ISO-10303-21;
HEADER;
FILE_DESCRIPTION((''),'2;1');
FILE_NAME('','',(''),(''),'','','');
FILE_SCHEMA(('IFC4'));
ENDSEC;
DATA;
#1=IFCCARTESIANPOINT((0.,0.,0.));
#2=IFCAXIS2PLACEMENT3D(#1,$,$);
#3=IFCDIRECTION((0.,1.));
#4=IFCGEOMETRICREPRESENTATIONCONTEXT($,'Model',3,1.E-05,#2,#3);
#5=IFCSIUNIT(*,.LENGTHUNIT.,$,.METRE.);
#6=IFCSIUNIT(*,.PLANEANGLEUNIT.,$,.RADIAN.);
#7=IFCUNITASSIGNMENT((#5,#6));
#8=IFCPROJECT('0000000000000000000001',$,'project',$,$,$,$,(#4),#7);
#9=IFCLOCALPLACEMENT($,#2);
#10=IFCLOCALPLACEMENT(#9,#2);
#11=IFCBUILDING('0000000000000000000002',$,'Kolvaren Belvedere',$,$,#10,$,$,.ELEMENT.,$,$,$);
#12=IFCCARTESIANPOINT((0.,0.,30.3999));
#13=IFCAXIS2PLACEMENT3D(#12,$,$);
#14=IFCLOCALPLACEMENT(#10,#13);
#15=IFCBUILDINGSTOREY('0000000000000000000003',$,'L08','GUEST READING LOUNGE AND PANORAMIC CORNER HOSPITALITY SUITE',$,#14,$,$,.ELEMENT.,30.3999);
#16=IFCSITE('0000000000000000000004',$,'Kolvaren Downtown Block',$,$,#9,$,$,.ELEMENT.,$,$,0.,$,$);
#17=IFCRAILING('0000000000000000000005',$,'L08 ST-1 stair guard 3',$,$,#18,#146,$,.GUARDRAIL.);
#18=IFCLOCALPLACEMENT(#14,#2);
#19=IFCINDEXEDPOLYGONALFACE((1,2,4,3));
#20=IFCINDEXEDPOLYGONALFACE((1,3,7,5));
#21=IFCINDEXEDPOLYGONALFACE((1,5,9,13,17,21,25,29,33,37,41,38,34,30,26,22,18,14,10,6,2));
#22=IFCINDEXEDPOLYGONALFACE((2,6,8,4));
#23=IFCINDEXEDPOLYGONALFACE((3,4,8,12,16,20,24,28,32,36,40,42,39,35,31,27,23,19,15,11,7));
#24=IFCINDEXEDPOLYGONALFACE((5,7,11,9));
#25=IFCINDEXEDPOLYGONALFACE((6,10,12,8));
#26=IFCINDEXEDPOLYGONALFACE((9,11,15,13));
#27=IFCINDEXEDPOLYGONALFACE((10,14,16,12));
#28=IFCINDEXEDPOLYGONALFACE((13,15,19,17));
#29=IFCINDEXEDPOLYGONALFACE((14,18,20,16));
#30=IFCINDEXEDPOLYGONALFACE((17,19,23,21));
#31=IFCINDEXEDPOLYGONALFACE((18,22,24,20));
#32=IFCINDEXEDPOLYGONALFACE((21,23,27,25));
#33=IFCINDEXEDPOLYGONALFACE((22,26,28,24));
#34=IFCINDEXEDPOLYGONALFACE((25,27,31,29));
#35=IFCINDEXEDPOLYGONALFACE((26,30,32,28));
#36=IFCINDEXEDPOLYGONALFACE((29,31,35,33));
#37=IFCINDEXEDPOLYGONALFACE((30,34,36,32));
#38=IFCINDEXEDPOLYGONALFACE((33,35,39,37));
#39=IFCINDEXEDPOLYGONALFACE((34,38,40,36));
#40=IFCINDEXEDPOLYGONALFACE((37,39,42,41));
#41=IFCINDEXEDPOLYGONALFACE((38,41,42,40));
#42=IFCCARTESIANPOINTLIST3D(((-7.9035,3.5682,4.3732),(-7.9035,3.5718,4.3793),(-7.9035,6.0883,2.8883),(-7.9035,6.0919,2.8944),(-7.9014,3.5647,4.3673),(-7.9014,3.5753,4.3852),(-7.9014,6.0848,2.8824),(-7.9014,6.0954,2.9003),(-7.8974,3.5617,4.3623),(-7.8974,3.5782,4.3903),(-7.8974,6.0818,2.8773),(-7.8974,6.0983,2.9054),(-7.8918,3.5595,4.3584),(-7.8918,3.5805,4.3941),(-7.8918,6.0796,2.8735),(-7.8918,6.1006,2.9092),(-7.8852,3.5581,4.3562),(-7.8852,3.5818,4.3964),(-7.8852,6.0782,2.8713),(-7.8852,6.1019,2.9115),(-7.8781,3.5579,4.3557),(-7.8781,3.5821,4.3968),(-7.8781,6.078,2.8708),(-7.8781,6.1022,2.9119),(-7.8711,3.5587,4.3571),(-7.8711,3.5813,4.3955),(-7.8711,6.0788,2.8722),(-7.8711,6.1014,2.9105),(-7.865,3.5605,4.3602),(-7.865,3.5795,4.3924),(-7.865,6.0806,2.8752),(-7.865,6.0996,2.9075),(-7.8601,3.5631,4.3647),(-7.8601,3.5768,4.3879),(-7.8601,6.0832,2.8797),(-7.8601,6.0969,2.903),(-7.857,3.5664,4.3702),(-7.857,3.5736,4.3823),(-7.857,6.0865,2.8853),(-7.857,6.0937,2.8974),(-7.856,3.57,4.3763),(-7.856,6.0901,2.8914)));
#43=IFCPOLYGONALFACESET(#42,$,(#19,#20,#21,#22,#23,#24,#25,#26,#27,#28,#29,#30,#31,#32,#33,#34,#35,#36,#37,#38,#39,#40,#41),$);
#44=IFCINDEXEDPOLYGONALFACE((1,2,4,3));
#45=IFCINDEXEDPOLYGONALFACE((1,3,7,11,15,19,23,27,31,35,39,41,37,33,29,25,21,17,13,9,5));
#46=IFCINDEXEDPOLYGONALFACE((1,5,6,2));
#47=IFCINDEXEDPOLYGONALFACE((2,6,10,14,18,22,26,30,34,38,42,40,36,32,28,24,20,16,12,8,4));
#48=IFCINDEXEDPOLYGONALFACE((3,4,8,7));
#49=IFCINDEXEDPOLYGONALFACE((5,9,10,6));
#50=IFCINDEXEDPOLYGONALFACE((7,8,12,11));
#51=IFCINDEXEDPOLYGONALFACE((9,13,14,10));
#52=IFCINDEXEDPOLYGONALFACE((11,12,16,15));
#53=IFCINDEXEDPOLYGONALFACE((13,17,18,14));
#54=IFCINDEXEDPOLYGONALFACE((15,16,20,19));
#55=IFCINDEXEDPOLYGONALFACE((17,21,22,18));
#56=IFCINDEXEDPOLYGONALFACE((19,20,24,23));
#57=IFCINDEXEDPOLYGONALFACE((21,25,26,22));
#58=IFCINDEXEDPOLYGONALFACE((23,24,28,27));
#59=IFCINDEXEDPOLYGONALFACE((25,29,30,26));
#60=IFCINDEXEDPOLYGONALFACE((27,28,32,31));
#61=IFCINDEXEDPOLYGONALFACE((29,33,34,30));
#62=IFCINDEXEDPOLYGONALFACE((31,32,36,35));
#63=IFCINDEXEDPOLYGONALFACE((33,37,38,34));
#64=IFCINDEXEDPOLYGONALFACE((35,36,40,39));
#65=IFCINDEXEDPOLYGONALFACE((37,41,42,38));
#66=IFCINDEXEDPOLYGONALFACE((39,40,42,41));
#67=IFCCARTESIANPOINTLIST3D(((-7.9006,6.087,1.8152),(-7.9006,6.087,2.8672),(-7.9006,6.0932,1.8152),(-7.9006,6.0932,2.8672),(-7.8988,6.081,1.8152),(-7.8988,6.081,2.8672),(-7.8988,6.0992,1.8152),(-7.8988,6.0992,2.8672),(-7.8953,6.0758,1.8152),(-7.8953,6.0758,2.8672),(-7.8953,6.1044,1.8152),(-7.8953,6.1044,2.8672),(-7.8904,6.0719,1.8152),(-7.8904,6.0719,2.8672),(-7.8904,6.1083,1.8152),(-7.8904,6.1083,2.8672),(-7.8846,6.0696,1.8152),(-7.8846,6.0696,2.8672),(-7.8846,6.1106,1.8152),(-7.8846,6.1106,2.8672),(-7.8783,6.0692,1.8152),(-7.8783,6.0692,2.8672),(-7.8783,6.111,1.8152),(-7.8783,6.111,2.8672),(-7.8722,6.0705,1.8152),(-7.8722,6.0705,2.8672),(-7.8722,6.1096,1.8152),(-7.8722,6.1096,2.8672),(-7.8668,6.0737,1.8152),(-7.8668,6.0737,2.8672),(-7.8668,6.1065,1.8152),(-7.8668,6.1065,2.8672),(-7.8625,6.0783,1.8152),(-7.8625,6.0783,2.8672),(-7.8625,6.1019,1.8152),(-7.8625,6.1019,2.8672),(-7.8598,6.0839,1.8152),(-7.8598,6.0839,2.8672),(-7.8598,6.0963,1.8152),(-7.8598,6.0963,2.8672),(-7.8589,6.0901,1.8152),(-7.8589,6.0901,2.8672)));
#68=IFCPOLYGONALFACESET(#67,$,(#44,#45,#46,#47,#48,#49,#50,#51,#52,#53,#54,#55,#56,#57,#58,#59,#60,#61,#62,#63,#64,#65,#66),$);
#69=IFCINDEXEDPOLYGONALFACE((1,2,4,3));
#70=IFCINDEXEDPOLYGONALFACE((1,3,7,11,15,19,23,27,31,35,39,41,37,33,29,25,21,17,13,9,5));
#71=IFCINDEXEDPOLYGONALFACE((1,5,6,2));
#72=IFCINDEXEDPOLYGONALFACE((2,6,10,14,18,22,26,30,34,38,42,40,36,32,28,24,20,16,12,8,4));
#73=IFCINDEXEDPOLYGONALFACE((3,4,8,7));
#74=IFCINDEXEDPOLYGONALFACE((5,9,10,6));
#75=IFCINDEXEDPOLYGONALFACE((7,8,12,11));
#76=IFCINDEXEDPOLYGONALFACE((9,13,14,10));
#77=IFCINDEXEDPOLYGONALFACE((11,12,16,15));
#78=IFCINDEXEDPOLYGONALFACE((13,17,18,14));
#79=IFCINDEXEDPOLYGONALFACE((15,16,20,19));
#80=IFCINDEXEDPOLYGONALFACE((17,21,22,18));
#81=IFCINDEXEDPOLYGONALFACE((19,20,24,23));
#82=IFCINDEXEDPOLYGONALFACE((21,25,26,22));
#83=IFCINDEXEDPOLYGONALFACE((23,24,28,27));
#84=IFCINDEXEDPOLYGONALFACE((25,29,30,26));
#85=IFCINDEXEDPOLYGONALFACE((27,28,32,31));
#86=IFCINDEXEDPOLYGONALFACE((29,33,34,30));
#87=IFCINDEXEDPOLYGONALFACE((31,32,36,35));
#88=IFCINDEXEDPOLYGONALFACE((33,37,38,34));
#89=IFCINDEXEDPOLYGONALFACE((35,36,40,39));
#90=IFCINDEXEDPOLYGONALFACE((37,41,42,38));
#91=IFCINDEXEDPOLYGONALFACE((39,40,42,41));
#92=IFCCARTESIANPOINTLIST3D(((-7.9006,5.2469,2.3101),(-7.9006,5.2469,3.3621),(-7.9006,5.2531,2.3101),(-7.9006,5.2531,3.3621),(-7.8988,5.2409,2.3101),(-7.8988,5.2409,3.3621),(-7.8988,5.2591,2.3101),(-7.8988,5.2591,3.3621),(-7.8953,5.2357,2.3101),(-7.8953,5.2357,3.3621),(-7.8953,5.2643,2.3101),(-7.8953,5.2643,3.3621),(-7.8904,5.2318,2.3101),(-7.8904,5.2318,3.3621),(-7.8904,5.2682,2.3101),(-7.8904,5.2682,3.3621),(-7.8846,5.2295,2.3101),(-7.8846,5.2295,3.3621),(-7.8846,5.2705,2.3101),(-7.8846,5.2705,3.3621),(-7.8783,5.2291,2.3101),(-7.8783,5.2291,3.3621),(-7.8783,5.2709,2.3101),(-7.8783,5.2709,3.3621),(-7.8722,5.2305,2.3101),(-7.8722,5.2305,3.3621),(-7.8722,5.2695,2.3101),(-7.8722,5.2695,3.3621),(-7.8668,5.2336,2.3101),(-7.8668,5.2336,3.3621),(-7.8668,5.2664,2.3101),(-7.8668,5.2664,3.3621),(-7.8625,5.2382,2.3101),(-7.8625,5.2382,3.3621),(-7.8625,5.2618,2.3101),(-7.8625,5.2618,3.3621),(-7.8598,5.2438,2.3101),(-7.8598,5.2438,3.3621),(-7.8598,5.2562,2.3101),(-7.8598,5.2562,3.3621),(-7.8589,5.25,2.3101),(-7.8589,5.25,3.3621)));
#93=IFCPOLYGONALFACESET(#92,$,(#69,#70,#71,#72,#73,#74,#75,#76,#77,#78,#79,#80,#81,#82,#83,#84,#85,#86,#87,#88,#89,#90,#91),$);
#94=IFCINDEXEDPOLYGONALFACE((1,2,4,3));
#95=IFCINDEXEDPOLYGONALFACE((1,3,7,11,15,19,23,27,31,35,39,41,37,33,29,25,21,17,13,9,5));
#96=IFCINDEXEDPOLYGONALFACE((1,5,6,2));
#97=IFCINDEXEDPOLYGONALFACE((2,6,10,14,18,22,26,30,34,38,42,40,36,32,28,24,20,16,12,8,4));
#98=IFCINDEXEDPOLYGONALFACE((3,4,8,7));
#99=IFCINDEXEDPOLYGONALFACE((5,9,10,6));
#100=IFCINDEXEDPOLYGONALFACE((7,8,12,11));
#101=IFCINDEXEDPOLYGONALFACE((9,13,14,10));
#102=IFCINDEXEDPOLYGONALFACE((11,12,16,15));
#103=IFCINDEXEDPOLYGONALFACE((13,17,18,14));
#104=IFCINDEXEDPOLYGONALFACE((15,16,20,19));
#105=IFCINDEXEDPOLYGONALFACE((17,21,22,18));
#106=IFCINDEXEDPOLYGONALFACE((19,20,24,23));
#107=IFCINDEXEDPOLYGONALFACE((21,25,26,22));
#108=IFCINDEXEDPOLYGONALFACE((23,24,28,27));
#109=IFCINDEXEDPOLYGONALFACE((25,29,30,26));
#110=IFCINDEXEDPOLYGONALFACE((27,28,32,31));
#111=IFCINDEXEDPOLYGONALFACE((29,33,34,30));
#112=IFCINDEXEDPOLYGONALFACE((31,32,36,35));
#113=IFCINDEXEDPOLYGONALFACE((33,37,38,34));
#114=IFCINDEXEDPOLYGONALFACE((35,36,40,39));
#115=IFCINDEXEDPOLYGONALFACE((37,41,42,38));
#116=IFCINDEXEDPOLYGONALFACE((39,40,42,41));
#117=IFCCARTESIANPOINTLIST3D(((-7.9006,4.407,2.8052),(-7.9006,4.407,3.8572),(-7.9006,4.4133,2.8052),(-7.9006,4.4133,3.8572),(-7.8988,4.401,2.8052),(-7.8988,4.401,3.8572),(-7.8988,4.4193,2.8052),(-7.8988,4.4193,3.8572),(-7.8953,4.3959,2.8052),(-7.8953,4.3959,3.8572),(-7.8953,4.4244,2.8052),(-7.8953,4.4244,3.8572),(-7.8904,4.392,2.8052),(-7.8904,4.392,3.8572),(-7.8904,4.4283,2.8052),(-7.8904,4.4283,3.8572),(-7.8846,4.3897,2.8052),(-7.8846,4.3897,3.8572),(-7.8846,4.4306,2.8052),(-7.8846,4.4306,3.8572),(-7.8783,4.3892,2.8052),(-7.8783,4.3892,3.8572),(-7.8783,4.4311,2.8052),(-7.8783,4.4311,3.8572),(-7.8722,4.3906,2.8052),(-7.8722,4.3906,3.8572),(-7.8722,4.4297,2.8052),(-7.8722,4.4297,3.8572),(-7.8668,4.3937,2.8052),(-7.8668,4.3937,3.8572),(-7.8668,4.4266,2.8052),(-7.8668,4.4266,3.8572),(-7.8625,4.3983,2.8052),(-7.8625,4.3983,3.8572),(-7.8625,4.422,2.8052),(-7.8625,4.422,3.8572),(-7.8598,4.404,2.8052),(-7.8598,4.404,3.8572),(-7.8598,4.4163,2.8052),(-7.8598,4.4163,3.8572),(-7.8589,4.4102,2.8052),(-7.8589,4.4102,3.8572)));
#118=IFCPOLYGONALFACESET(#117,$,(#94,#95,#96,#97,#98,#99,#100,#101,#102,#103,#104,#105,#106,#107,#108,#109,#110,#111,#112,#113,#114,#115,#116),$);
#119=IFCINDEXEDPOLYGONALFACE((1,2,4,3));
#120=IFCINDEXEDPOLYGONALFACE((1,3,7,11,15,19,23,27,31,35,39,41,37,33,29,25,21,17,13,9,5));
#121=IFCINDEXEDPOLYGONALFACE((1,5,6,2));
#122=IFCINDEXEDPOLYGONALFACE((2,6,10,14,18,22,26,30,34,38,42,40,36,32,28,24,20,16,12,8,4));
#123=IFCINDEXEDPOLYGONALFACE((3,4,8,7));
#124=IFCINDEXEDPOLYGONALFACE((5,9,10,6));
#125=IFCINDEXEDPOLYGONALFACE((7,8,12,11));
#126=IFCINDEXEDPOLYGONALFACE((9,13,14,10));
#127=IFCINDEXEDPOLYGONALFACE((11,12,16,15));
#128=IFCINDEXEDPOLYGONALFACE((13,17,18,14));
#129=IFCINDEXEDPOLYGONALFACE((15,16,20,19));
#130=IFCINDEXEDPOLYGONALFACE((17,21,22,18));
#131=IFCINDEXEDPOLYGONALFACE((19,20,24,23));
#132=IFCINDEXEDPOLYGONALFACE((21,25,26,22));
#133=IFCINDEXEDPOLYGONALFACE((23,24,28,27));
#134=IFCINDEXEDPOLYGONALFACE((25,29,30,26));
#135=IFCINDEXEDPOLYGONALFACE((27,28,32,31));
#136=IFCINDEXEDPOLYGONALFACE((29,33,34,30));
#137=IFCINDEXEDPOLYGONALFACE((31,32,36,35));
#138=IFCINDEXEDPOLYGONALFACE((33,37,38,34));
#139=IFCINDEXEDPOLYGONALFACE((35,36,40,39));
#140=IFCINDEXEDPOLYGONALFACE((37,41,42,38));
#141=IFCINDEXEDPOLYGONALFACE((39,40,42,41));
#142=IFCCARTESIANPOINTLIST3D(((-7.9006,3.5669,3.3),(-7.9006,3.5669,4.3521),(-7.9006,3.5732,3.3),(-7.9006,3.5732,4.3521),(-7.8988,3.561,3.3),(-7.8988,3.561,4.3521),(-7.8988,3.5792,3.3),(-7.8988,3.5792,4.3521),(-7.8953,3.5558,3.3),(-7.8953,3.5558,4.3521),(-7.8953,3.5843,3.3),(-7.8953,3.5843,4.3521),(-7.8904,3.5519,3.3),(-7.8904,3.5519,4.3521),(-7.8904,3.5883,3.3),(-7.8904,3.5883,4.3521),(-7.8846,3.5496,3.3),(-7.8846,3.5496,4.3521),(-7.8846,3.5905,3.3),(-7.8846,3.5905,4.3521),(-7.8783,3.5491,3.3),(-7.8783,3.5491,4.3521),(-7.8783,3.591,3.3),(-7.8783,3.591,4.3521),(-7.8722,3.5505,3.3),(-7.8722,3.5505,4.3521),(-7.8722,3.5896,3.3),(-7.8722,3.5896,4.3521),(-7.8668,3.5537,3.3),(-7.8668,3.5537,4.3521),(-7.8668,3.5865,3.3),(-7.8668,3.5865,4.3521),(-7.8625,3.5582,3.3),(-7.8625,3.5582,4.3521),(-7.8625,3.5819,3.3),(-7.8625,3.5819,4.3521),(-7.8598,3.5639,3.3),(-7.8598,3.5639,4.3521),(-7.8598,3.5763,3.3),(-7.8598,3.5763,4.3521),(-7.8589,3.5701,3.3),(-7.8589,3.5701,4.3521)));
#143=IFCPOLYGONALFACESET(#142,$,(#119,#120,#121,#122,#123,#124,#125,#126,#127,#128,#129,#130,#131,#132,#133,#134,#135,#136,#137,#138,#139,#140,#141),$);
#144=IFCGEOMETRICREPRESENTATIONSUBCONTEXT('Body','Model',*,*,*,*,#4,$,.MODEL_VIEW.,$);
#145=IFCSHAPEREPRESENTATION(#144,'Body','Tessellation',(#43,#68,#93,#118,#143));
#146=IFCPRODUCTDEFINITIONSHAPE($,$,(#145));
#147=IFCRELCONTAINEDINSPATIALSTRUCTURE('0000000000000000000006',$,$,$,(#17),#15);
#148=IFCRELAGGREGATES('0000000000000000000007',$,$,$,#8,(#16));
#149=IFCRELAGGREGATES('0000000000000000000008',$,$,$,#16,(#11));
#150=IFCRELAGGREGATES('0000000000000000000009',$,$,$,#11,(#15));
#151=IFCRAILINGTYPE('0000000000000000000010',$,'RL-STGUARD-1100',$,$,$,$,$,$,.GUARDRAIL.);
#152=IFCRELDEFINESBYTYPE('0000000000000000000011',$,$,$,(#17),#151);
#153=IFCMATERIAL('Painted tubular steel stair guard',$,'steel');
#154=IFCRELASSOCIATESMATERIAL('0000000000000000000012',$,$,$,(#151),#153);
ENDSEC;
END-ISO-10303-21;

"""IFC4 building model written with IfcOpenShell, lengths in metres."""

from ifc_helpers import new_model, si_unit, direction, frame, origin, origin_2d, place, context, subcontext, project, spatial, circle, extrude, material, type_object, element, save


model = new_model("IFC4")

# Units and contexts
model_context = context("Model", 3, precision=1e-05, world=origin(), true_north=direction((0.0, 1.0)))
body_context = subcontext(model_context, "Body", "Model", "MODEL_VIEW")
ifc_project = project(units=[si_unit("LENGTHUNIT", "METRE"), si_unit("PLANEANGLEUNIT", "RADIAN")], contexts=[model_context])

# Site, building, storey
site_placement = place(None, origin())
site = spatial("IfcSite", under=ifc_project, at=site_placement, Name="Kolvaren Downtown Block", CompositionType="ELEMENT", RefElevation=0.0)
building_placement = place(site_placement, origin())
building = spatial("IfcBuilding", under=site, at=building_placement, Name="Kolvaren Belvedere", CompositionType="ELEMENT")
storey_placement = place(building_placement, frame((0.0, 0.0, 30.3999)))
storey = spatial("IfcBuildingStorey", under=building, at=storey_placement, Name="L08", Description="GUEST READING LOUNGE AND PANORAMIC CORNER HOSPITALITY SUITE", CompositionType="ELEMENT", Elevation=30.3999)

# Railing
ifc_material_1 = material(Name="Painted tubular steel stair guard", Category="steel")
railing_type_1 = type_object("IfcRailingType", Name="RL-STGUARD-1100", PredefinedType="GUARDRAIL", material=ifc_material_1)
railing_1_placement = place(storey_placement, frame((-7.8799, 6.0901, 1.8152)))
element("IfcRailing", 1, at=railing_1_placement, inside=storey, type_object=railing_type_1, Name="L08 ST-1 stair guard 3", PredefinedType="GUARDRAIL", context=body_context, shape_type="SweptSolid", body=[
    extrude(circle(Radius=0.0239, at=origin_2d()), frame((0.0, 0.0, 1.0762), z_axis=(0.0, -0.861561, 0.507655), x_axis=(1.0, 0.0, 0.0)), (0.0, 0.0, 1.0), 2.925),
    extrude(circle(Radius=0.021, at=origin_2d()), origin(), (0.0, 0.0, 1.0), 1.052),
    extrude(circle(Radius=0.021, at=origin_2d()), frame((0.0, -0.8401, 0.4949)), (0.0, 0.0, 1.0), 1.052),
    extrude(circle(Radius=0.021, at=origin_2d()), frame((0.0, -1.6799, 0.99)), (0.0, 0.0, 1.0), 1.052),
    extrude(circle(Radius=0.021, at=origin_2d()), frame((0.0, -2.52, 1.4849)), (0.0, 0.0, 1.0), 1.052),
])

save(model, "model.ifc")
